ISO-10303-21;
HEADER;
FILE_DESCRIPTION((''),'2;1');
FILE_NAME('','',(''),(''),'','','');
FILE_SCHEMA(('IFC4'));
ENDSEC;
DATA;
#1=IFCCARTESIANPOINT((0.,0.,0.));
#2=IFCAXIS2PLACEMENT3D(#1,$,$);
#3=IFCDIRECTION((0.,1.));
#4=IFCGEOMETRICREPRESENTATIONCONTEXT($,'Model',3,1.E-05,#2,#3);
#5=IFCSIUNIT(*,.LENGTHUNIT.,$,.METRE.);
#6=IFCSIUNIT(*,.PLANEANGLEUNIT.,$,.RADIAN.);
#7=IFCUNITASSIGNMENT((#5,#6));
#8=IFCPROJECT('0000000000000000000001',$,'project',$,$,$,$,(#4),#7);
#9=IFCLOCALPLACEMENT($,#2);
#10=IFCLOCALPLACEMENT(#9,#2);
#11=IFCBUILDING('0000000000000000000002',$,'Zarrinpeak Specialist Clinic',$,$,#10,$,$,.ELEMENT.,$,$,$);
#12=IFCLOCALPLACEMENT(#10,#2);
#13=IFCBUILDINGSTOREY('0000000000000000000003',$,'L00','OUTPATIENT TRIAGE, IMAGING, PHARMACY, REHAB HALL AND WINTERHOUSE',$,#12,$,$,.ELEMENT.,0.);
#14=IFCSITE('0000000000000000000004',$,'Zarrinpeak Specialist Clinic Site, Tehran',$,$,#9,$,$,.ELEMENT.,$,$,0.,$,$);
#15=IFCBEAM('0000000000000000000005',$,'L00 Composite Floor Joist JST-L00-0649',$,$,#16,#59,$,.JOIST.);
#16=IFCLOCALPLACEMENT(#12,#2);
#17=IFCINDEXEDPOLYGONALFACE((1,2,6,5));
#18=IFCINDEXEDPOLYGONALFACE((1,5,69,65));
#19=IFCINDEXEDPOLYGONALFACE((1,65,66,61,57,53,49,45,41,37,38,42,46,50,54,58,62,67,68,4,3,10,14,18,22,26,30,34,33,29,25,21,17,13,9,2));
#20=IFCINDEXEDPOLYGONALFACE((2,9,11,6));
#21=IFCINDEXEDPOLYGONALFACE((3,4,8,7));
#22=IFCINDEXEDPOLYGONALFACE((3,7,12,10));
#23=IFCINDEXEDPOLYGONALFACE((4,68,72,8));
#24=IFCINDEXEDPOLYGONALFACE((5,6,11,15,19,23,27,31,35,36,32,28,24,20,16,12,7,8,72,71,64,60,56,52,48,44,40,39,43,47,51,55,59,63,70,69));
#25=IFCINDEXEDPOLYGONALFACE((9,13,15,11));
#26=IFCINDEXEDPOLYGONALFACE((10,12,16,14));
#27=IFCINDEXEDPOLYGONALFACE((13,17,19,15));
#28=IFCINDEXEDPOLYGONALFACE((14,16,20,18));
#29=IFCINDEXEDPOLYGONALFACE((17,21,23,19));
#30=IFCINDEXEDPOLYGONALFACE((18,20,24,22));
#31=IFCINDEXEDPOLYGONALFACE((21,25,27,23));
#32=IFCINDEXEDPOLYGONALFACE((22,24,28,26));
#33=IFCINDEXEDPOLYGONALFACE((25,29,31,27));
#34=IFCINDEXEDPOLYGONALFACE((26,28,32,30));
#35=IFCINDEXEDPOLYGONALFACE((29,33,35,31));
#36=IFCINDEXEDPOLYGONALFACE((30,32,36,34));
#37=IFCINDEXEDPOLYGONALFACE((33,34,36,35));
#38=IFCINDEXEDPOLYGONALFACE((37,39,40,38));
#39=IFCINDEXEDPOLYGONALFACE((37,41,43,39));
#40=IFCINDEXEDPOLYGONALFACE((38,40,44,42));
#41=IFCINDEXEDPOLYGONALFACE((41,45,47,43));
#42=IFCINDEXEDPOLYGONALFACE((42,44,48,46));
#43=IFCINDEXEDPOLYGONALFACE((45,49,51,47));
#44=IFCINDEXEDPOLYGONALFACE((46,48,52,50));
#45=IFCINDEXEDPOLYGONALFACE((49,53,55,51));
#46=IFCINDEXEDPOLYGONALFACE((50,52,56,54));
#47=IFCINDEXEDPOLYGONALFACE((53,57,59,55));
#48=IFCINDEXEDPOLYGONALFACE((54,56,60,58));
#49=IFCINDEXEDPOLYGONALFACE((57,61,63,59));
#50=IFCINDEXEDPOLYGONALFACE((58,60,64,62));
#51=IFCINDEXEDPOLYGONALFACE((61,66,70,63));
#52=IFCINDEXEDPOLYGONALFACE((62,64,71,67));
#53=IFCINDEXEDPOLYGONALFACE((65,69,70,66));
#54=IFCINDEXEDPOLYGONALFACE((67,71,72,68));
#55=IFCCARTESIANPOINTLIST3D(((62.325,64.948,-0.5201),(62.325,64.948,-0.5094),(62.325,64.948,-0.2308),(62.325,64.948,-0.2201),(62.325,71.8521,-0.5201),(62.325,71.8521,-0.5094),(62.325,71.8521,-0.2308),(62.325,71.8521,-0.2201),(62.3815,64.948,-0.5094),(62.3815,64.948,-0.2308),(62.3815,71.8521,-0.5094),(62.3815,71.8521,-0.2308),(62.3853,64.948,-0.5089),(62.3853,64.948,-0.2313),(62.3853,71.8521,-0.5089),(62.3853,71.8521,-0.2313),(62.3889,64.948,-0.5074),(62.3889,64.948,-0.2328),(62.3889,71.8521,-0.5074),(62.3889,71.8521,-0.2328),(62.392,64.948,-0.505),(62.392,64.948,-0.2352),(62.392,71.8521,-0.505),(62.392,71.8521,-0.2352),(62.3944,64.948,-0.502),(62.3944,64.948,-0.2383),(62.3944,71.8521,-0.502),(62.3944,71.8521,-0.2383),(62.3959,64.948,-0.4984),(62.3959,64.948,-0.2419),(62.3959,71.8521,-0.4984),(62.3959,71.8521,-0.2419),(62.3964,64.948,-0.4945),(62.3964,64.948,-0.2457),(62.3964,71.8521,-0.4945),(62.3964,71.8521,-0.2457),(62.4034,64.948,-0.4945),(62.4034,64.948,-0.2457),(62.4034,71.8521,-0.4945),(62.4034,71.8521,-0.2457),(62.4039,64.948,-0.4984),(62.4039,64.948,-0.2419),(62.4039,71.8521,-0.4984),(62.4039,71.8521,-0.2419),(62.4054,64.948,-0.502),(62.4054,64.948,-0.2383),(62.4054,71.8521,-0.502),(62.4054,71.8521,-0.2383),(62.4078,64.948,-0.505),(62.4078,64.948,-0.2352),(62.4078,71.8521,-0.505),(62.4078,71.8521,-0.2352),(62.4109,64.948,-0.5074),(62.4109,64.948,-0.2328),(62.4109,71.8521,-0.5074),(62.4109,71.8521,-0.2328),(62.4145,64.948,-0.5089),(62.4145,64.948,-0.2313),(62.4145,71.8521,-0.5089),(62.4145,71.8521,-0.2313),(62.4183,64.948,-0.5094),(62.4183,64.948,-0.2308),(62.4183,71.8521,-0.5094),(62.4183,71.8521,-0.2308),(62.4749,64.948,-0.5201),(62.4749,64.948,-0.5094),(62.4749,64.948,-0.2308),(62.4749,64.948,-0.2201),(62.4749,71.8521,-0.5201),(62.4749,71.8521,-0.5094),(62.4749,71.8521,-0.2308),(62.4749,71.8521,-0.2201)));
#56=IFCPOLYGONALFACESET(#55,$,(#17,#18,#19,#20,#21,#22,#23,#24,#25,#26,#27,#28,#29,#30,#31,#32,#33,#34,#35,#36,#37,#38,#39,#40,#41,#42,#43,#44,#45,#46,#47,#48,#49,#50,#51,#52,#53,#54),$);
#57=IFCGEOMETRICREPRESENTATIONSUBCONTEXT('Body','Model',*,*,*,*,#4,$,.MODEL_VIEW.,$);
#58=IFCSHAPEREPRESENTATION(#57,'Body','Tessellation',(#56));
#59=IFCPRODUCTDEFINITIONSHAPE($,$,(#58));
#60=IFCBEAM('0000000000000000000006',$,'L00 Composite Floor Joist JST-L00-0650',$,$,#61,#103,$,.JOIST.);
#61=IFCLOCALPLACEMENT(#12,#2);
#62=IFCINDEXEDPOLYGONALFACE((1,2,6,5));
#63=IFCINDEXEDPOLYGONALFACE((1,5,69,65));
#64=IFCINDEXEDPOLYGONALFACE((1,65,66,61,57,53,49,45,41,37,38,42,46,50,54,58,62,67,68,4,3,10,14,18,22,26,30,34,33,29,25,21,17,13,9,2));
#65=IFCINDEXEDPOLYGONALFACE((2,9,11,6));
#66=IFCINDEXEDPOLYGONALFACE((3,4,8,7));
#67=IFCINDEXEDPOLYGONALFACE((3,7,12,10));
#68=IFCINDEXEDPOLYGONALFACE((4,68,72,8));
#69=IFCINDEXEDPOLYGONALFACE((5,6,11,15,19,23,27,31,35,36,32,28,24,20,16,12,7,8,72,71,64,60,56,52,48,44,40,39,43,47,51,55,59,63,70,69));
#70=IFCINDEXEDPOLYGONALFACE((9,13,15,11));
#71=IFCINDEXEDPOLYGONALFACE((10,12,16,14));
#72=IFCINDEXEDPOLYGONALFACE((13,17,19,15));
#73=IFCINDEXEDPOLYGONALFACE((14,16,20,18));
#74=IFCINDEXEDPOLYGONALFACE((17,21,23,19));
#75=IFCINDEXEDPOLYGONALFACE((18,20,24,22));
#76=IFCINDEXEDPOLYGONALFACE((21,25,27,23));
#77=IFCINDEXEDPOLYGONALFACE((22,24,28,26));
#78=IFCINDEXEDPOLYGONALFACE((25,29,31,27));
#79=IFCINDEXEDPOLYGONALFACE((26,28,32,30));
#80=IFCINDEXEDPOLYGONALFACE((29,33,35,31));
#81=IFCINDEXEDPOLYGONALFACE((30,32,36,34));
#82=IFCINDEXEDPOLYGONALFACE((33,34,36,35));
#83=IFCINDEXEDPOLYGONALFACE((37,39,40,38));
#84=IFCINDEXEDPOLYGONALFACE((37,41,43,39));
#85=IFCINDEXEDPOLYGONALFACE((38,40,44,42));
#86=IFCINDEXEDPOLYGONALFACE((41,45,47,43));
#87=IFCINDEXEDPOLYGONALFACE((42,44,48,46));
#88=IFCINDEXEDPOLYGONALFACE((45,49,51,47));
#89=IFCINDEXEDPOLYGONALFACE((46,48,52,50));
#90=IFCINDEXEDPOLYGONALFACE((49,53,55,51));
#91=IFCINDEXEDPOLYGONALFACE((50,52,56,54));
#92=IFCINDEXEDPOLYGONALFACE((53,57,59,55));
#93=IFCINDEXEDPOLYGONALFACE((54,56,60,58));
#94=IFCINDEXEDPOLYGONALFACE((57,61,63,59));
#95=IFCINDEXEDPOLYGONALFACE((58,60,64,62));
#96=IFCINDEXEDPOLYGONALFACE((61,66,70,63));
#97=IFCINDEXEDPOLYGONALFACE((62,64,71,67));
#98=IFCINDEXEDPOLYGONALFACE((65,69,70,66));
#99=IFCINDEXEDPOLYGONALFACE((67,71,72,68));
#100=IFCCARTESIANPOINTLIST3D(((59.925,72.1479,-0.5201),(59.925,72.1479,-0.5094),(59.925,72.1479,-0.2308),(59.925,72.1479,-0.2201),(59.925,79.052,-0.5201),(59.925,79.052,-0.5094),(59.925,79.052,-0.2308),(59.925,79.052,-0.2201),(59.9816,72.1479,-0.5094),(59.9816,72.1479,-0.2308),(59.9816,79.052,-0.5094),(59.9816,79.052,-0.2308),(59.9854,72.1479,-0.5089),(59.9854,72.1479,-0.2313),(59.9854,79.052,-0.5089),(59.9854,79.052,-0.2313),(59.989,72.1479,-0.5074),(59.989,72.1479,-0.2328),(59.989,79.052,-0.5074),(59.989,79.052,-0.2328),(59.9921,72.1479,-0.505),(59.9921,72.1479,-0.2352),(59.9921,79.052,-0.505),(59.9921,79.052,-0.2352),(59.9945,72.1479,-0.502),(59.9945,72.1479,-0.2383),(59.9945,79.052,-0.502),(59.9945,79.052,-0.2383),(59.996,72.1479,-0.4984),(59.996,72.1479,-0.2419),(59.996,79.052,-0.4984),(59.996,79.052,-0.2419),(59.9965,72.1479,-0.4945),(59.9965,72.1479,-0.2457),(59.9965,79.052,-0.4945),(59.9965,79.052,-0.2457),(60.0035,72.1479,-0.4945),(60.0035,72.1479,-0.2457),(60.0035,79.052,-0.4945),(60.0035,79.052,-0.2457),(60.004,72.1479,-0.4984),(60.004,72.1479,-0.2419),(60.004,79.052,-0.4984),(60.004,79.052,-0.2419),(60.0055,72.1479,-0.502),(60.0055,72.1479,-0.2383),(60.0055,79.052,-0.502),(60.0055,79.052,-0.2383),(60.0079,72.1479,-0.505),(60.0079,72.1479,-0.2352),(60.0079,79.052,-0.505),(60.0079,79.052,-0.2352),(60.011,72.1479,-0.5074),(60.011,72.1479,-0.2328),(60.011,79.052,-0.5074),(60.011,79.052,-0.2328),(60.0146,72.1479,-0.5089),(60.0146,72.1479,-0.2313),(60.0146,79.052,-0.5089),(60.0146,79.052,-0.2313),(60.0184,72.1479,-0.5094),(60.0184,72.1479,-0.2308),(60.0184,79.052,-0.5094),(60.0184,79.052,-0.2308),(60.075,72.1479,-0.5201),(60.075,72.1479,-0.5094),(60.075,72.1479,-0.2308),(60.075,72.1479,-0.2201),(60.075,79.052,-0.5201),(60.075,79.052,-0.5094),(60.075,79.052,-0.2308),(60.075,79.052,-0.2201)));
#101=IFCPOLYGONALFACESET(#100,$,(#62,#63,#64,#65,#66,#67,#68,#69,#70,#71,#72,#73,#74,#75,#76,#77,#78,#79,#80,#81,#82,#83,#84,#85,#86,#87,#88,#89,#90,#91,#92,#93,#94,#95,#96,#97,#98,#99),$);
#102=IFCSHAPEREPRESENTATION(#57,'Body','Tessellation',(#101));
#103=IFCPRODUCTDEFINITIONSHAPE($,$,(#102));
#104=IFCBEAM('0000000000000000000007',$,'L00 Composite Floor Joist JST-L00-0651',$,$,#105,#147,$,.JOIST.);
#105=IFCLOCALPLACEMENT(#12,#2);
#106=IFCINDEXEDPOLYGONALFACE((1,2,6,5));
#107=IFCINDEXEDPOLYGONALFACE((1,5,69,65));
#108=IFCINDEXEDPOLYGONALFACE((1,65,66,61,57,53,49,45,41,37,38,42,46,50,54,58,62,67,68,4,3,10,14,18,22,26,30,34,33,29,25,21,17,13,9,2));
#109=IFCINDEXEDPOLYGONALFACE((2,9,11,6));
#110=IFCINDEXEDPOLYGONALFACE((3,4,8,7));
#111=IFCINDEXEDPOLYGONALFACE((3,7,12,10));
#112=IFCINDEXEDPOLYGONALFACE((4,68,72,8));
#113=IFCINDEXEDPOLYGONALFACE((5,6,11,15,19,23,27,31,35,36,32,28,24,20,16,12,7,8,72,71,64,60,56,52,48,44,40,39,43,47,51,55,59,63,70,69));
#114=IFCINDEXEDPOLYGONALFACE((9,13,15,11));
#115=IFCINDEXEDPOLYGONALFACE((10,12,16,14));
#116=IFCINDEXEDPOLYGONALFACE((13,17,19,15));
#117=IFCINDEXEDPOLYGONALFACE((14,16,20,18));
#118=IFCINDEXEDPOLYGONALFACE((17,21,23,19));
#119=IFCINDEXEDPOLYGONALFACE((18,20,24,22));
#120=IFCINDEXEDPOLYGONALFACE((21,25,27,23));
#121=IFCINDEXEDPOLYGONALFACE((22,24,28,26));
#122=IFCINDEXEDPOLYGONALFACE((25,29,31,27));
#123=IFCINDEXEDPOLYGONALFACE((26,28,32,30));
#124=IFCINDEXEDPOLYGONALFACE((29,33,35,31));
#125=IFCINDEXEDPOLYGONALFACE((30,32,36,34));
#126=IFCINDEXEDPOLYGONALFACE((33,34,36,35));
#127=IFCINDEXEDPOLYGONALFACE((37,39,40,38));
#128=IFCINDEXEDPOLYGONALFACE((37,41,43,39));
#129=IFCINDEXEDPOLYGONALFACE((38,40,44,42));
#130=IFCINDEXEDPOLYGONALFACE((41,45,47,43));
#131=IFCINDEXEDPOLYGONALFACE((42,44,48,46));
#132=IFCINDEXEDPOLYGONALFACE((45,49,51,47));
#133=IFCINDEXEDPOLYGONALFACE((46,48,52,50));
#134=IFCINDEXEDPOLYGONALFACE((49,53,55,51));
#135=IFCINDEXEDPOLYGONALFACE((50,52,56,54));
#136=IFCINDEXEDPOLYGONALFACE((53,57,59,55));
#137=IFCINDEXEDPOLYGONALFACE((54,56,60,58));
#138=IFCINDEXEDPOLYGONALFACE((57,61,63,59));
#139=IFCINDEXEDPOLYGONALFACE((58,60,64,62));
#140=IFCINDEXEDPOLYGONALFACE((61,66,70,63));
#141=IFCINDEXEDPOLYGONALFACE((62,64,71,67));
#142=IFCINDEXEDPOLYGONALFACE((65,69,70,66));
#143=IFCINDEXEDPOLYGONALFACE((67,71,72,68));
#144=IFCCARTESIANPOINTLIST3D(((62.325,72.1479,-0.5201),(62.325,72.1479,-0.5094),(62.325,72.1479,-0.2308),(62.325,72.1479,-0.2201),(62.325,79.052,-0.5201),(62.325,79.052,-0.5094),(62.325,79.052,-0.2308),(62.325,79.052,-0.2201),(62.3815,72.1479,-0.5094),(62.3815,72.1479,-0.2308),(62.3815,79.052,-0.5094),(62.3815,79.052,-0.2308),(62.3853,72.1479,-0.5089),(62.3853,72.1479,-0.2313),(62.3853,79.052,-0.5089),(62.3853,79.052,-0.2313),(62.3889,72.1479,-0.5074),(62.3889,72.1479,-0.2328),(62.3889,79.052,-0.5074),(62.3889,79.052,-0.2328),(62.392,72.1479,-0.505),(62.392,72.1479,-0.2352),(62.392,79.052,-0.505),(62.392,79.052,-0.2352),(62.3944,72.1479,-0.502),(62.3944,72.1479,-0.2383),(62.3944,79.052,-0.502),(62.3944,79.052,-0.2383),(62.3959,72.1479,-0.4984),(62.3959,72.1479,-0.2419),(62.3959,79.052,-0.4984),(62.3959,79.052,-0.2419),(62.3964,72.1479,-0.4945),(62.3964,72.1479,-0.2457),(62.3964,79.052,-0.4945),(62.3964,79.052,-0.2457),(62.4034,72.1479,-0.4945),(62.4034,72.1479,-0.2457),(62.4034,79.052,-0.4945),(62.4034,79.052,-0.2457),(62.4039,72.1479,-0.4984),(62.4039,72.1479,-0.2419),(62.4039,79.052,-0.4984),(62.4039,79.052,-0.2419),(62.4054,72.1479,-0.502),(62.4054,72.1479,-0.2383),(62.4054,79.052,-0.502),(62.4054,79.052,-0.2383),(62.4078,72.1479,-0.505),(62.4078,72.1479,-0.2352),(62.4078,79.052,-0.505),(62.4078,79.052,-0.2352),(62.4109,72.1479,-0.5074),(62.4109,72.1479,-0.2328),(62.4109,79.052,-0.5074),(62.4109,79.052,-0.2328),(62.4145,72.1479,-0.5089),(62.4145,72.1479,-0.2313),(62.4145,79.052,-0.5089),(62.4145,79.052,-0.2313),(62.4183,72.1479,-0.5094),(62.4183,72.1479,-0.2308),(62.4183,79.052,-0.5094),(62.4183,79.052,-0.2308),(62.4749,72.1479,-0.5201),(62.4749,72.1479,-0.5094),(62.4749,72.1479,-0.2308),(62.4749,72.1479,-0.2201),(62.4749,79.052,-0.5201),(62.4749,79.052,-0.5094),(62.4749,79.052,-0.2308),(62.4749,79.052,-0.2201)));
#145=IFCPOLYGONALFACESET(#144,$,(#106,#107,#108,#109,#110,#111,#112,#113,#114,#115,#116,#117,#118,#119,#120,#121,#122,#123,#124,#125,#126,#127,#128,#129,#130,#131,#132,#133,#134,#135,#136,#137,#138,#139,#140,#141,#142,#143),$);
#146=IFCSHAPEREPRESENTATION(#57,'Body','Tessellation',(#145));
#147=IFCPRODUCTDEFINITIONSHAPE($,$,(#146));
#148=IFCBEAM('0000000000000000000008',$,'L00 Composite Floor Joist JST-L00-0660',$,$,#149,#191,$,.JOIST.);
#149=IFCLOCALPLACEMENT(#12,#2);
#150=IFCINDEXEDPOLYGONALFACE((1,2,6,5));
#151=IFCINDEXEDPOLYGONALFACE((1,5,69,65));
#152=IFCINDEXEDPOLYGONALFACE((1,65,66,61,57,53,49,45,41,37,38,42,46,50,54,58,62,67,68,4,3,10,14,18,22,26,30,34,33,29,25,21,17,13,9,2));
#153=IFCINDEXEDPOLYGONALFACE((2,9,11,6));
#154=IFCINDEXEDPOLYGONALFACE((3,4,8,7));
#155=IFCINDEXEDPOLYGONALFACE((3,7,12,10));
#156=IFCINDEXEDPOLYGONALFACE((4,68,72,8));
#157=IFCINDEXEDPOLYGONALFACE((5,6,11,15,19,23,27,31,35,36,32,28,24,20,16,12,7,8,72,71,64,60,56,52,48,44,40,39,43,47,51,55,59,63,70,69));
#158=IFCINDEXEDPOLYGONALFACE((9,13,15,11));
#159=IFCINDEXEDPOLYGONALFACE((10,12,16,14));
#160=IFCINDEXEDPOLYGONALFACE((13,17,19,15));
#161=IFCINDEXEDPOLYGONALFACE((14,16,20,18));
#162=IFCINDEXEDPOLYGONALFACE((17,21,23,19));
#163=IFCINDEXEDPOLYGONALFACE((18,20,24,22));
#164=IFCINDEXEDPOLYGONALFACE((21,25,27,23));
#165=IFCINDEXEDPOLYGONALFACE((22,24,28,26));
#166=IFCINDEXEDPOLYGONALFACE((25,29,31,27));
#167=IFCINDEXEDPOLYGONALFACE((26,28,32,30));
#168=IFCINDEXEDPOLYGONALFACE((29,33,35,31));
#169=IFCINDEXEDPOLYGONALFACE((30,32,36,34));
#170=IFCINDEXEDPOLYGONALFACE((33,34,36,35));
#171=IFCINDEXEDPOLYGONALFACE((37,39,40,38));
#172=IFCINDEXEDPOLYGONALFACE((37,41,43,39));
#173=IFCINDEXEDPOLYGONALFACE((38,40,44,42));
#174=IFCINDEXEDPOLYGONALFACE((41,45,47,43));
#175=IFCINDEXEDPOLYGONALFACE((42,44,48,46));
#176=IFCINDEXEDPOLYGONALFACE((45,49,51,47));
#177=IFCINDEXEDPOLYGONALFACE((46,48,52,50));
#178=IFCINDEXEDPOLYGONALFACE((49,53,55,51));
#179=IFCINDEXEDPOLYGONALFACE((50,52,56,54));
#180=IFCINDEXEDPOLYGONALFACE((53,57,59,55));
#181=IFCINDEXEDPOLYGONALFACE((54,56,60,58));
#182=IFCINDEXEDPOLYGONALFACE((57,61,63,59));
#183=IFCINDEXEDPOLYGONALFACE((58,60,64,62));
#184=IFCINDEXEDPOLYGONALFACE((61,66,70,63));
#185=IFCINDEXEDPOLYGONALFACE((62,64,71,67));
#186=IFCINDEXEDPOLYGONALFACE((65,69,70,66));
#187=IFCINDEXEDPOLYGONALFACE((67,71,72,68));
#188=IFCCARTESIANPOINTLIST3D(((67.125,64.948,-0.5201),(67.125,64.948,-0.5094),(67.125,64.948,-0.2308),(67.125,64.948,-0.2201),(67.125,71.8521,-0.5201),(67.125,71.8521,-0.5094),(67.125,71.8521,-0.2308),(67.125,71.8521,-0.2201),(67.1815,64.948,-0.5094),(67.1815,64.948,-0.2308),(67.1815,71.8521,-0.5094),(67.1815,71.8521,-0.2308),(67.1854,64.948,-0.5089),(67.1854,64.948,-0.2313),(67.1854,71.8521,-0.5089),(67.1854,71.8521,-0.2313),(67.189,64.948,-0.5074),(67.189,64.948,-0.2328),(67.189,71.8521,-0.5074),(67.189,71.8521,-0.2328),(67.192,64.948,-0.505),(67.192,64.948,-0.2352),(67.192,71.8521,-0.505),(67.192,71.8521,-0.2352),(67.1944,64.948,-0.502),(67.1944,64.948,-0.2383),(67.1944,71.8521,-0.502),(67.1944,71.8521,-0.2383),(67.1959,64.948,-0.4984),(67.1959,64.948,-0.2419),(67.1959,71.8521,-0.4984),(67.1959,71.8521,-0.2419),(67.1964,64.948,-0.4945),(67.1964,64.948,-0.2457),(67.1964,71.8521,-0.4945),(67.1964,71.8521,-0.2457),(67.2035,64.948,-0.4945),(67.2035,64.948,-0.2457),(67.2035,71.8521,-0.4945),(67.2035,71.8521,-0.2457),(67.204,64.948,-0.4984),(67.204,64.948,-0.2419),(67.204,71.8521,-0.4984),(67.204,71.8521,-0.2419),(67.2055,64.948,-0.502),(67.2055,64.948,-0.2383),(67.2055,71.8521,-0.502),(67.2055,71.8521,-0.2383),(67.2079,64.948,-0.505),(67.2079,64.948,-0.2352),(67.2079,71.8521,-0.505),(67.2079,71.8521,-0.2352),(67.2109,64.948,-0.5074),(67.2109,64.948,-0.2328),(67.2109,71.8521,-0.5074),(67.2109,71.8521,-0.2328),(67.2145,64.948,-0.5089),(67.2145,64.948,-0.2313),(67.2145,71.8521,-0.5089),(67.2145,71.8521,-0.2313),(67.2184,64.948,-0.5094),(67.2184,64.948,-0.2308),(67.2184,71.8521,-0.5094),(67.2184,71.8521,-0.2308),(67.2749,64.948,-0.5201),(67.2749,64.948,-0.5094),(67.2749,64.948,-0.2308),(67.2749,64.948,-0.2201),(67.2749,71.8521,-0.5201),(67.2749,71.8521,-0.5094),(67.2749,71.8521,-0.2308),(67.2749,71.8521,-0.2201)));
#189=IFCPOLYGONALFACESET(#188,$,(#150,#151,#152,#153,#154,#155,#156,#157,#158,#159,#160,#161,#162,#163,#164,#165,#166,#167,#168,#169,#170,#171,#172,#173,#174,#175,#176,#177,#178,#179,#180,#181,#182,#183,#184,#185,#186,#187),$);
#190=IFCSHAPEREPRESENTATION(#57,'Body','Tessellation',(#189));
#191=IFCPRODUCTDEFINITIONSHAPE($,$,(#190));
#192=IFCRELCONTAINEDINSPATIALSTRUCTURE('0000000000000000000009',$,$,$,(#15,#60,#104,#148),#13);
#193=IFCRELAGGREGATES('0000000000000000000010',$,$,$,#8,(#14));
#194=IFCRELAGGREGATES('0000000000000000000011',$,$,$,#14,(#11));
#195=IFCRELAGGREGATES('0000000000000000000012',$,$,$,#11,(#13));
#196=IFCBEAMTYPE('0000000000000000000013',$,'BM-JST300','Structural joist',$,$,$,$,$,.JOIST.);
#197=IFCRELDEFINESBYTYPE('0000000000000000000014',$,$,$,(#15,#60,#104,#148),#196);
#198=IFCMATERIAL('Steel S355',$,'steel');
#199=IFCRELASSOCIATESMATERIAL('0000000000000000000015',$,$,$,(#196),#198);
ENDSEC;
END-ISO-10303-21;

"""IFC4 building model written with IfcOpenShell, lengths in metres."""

from ifc_helpers import new_model, si_unit, direction, frame, origin, origin_2d, place, context, subcontext, project, spatial, i_section, extrude, material, material_profile, profile_set, type_object, element, save


model = new_model("IFC4")

# Units and contexts
model_context = context("Model", 3, precision=1e-05, world=origin(), true_north=direction((0.0, 1.0)))
body_context = subcontext(model_context, "Body", "Model", "MODEL_VIEW")
ifc_project = project(units=[si_unit("LENGTHUNIT", "METRE"), si_unit("PLANEANGLEUNIT", "RADIAN")], contexts=[model_context])

# Site, building, storey
site_placement = place(None, origin())
site = spatial("IfcSite", under=ifc_project, at=site_placement, Name="Zarrinpeak Specialist Clinic Site, Tehran", CompositionType="ELEMENT", RefElevation=0.0)
building_placement = place(site_placement, origin())
building = spatial("IfcBuilding", under=site, at=building_placement, Name="Zarrinpeak Specialist Clinic", CompositionType="ELEMENT")
storey_placement = place(building_placement, origin())
storey = spatial("IfcBuildingStorey", under=building, at=storey_placement, Name="L00", Description="OUTPATIENT TRIAGE, IMAGING, PHARMACY, REHAB HALL AND WINTERHOUSE", CompositionType="ELEMENT", Elevation=0.0)

# Beams
ifc_material = material(Name="Steel S355", Category="steel")
ifc_material_profile_1 = material_profile(ifc_material, i_section(OverallWidth=0.1499, OverallDepth=0.3, WebThickness=0.0071, FlangeThickness=0.0107, FilletRadius=0.0149, at=origin_2d()), Name="IPE 300")
ifc_profile_set_1 = profile_set([ifc_material_profile_1], Name="Steel S355")
beam_type_1 = type_object("IfcBeamType", Name="BM-JST300", Description="Structural joist", PredefinedType="JOIST", material=ifc_profile_set_1)
for number, where, z_axis, x_axis, name in (
    (1, (62.3999, 64.948, -0.3701), (0.0, 1.0, 0.0), (-1.0, 0.0, 0.0), "L00 Composite Floor Joist JST-L00-0649"),
    (2, (60.0, 72.1479, -0.3701), (0.0, 1.0, 0.0), (-1.0, 0.0, 0.0), "L00 Composite Floor Joist JST-L00-0650"),
    (3, (62.3999, 72.1479, -0.3701), (0.0, 1.0, 0.0), (-1.0, 0.0, 0.0), "L00 Composite Floor Joist JST-L00-0651"),
    (4, (67.2, 64.948, -0.3701), (0.0, 1.0, 0.0), (-1.0, 0.0, 0.0), "L00 Composite Floor Joist JST-L00-0660"),
):
    element("IfcBeam", number, at=place(storey_placement, frame(where, z_axis=z_axis, x_axis=x_axis)), inside=storey, type_object=beam_type_1, Name=name, PredefinedType="JOIST", context=body_context, shape_type="SweptSolid", body=[
        extrude(i_section(OverallWidth=0.1499, OverallDepth=0.3, WebThickness=0.0071, FlangeThickness=0.0107, FilletRadius=0.0149, at=origin_2d()), origin(), (0.0, 0.0, 1.0), 6.9041),
    ])

save(model, "model.ifc")
